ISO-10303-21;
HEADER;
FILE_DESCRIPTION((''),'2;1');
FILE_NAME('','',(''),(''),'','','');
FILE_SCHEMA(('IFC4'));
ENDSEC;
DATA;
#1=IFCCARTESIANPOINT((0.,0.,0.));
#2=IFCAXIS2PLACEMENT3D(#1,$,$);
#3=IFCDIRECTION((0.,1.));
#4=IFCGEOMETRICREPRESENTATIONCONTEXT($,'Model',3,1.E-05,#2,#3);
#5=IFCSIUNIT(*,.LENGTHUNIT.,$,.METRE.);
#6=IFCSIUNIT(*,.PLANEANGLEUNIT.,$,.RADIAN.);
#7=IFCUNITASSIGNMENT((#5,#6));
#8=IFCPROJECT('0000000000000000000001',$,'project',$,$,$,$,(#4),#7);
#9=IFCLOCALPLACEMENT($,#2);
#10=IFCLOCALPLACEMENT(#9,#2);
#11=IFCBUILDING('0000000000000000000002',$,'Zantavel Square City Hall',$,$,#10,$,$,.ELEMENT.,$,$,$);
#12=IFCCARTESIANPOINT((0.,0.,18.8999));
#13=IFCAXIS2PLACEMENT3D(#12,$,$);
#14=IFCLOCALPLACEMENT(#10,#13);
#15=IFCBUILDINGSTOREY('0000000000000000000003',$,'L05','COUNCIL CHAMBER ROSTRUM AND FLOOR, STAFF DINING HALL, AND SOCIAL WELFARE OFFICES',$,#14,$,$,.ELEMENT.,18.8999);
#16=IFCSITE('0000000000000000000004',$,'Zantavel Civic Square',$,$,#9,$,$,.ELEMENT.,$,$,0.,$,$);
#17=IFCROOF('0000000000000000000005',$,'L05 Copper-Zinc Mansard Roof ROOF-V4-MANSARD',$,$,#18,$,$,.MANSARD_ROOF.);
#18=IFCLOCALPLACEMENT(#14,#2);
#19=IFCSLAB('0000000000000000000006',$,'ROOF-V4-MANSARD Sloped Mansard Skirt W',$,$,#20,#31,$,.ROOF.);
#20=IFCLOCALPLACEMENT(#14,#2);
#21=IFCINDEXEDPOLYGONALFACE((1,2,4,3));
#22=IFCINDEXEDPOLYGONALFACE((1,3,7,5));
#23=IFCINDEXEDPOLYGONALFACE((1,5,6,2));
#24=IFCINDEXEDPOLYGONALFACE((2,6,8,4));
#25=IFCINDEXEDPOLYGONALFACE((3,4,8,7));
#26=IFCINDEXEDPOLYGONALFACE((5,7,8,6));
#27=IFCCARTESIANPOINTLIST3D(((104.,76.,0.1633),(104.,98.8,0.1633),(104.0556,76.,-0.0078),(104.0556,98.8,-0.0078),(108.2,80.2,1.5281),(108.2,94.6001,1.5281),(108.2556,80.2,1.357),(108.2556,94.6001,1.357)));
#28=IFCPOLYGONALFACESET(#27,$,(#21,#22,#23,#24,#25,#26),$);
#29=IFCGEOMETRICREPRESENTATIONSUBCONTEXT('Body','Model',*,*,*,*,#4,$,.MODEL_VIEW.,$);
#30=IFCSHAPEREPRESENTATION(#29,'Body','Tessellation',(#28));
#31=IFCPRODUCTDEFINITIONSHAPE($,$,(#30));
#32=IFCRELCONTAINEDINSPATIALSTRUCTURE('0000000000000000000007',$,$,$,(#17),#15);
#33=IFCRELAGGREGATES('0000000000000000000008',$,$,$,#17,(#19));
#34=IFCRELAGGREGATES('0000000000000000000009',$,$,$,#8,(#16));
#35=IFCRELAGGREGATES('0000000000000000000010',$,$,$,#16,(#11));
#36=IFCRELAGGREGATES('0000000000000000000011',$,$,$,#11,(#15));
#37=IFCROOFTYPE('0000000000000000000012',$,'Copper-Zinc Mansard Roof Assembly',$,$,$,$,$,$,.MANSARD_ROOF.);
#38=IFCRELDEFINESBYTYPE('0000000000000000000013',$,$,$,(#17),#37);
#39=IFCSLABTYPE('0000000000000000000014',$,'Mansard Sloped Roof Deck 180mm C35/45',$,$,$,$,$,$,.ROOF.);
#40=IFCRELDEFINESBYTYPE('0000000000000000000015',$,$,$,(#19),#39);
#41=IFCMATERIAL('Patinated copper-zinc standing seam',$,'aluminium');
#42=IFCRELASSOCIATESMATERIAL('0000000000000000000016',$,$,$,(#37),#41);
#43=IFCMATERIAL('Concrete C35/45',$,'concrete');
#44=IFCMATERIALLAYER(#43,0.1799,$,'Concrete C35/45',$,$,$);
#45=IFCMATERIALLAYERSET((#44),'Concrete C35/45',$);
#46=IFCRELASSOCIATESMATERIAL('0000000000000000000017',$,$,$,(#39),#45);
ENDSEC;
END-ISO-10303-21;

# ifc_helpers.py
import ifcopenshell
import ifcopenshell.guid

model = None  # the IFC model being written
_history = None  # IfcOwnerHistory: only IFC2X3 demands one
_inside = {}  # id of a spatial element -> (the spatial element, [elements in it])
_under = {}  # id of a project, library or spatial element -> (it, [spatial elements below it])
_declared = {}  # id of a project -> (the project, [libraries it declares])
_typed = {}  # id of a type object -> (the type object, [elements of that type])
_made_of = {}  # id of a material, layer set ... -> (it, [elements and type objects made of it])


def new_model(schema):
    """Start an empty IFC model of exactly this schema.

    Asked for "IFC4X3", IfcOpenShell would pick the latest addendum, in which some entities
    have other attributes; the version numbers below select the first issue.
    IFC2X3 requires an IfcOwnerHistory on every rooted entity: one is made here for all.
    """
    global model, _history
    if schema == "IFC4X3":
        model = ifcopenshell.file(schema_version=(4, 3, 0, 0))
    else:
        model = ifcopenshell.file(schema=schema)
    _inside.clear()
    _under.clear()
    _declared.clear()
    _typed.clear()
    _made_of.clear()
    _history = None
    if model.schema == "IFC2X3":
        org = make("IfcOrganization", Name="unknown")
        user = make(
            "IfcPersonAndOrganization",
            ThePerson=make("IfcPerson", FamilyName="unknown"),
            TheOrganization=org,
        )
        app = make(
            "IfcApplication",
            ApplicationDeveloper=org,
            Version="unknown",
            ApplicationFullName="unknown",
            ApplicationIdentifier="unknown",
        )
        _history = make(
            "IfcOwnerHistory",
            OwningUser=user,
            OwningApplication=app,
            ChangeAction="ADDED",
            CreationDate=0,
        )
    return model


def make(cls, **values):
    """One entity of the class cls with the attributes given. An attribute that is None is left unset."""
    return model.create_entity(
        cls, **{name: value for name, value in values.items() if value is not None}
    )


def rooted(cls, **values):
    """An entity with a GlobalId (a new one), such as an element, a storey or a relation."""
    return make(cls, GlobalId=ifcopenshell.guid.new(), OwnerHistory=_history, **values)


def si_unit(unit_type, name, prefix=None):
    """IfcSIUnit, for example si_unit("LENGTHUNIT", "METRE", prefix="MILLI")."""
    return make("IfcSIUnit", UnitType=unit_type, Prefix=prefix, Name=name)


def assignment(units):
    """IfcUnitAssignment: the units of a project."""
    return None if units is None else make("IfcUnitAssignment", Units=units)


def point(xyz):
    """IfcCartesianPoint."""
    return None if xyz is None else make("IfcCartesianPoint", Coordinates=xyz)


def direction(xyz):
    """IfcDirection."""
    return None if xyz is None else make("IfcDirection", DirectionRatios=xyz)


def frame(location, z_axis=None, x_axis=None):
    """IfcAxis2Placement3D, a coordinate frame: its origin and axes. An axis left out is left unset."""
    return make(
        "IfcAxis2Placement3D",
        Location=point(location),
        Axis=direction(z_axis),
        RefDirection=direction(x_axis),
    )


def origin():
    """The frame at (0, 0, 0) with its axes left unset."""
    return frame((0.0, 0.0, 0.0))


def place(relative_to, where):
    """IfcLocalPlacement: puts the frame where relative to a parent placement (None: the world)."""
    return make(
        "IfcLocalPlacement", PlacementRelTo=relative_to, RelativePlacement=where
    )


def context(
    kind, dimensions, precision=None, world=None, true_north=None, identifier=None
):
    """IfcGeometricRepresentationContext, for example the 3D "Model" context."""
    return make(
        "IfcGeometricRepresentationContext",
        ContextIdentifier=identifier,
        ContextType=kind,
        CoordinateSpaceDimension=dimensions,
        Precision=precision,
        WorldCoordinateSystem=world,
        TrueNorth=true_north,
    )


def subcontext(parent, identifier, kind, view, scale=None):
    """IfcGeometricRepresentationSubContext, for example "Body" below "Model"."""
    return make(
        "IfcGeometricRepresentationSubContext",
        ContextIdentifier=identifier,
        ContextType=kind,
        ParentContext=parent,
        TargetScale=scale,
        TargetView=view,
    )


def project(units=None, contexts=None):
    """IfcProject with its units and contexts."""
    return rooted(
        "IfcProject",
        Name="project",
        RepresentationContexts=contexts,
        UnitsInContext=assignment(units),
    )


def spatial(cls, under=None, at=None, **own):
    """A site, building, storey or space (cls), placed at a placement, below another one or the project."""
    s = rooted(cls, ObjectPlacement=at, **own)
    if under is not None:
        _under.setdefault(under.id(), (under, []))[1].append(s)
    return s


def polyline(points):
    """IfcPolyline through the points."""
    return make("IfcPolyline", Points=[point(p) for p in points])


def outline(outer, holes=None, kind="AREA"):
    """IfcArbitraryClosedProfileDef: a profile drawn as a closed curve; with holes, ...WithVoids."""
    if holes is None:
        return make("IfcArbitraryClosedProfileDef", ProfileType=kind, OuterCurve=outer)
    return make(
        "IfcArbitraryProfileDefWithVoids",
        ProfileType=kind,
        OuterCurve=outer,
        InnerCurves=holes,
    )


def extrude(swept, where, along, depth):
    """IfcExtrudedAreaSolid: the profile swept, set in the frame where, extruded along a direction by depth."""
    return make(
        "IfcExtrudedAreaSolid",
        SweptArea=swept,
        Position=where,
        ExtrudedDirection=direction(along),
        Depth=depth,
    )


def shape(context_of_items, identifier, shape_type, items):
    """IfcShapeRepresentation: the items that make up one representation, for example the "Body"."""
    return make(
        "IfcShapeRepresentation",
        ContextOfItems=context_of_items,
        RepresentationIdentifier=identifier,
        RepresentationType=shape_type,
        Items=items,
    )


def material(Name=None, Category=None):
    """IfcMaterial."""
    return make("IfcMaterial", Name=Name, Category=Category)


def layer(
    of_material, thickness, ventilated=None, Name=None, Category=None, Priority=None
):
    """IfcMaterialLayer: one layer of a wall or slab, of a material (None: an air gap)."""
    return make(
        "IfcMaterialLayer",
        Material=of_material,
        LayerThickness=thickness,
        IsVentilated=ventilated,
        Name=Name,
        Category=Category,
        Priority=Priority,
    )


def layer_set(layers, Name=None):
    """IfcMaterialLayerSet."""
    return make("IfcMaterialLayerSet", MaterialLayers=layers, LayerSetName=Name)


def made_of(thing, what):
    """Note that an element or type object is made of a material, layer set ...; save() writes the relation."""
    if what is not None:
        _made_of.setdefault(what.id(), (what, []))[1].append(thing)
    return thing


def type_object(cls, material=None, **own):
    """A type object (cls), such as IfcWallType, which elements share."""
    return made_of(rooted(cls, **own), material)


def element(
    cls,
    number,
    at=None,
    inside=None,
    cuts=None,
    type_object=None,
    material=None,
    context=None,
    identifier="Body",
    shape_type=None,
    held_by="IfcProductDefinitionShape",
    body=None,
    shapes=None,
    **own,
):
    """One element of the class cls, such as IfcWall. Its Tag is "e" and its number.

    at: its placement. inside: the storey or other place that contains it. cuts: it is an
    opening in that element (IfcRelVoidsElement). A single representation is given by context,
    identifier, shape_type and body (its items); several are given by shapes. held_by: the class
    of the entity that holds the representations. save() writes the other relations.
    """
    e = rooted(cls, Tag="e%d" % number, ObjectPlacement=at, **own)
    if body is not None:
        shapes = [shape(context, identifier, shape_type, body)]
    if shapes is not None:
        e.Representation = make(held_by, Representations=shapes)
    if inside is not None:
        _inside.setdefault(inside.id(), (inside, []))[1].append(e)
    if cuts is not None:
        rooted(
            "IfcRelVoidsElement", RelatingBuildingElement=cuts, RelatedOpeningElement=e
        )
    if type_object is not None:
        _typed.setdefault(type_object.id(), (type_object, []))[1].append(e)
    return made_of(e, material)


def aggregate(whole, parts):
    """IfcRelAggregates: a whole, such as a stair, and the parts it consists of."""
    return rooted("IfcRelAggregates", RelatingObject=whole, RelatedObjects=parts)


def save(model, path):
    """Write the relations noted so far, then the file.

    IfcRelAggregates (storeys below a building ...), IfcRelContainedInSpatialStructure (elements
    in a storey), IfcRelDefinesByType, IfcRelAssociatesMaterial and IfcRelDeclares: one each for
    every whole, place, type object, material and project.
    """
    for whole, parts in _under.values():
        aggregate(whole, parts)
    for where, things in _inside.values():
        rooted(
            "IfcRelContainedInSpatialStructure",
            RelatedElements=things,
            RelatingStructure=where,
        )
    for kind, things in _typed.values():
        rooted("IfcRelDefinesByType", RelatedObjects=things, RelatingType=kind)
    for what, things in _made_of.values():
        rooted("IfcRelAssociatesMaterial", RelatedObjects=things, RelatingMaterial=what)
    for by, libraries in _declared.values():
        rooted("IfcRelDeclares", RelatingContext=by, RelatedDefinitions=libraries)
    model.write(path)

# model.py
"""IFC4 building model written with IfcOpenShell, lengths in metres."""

from ifc_helpers import new_model, si_unit, direction, frame, origin, place, context, subcontext, project, spatial, polyline, outline, extrude, material, layer, layer_set, type_object, element, aggregate, save


model = new_model("IFC4")

# Units and contexts
model_context = context("Model", 3, precision=1e-05, world=origin(), true_north=direction((0.0, 1.0)))
body_context = subcontext(model_context, "Body", "Model", "MODEL_VIEW")
ifc_project = project(units=[si_unit("LENGTHUNIT", "METRE"), si_unit("PLANEANGLEUNIT", "RADIAN")], contexts=[model_context])

# Site, building, storey
site_placement = place(None, origin())
site = spatial("IfcSite", under=ifc_project, at=site_placement, Name="Zantavel Civic Square", CompositionType="ELEMENT", RefElevation=0.0)
building_placement = place(site_placement, origin())
building = spatial("IfcBuilding", under=site, at=building_placement, Name="Zantavel Square City Hall", CompositionType="ELEMENT")
storey_placement = place(building_placement, frame((0.0, 0.0, 18.8999)))
storey = spatial("IfcBuildingStorey", under=building, at=storey_placement, Name="L05", Description="COUNCIL CHAMBER ROSTRUM AND FLOOR, STAFF DINING HALL, AND SOCIAL WELFARE OFFICES", CompositionType="ELEMENT", Elevation=18.8999)

# Roof, slab
ifc_material_1 = material(Name="Patinated copper-zinc standing seam", Category="aluminium")
roof_type = type_object("IfcRoofType", Name="Copper-Zinc Mansard Roof Assembly", PredefinedType="MANSARD_ROOF", material=ifc_material_1)
roof_placement = place(storey_placement, origin())
roof = element("IfcRoof", 1, at=roof_placement, inside=storey, type_object=roof_type, Name="L05 Copper-Zinc Mansard Roof ROOF-V4-MANSARD", PredefinedType="MANSARD_ROOF")
ifc_material_2 = material(Name="Concrete C35/45", Category="concrete")
ifc_layer_1 = layer(ifc_material_2, 0.1799, Name="Concrete C35/45")
ifc_layer_set_1 = layer_set([ifc_layer_1], Name="Concrete C35/45")
slab_type = type_object("IfcSlabType", Name="Mansard Sloped Roof Deck 180mm C35/45", PredefinedType="ROOF", material=ifc_layer_set_1)
slab_1_placement = place(storey_placement, frame((104.0, 98.8, 0.1633), z_axis=(-0.309037, 0.0, 0.95105), x_axis=(0.0, -1.0, 0.0)))
slab_1 = element("IfcSlab", 2, at=slab_1_placement, type_object=slab_type, Name="ROOF-V4-MANSARD Sloped Mansard Skirt W", PredefinedType="ROOF", context=body_context, shape_type="SweptSolid", body=[
    extrude(outline(polyline([(0.0, 0.0), (22.8, 0.0), (18.6001, 4.4161), (4.2, 4.4161), (0.0, 0.0)])), origin(), (0.0, 0.0, -1.0), 0.1799),
])
aggregate(roof, [slab_1])

save(model, "model.ifc")
